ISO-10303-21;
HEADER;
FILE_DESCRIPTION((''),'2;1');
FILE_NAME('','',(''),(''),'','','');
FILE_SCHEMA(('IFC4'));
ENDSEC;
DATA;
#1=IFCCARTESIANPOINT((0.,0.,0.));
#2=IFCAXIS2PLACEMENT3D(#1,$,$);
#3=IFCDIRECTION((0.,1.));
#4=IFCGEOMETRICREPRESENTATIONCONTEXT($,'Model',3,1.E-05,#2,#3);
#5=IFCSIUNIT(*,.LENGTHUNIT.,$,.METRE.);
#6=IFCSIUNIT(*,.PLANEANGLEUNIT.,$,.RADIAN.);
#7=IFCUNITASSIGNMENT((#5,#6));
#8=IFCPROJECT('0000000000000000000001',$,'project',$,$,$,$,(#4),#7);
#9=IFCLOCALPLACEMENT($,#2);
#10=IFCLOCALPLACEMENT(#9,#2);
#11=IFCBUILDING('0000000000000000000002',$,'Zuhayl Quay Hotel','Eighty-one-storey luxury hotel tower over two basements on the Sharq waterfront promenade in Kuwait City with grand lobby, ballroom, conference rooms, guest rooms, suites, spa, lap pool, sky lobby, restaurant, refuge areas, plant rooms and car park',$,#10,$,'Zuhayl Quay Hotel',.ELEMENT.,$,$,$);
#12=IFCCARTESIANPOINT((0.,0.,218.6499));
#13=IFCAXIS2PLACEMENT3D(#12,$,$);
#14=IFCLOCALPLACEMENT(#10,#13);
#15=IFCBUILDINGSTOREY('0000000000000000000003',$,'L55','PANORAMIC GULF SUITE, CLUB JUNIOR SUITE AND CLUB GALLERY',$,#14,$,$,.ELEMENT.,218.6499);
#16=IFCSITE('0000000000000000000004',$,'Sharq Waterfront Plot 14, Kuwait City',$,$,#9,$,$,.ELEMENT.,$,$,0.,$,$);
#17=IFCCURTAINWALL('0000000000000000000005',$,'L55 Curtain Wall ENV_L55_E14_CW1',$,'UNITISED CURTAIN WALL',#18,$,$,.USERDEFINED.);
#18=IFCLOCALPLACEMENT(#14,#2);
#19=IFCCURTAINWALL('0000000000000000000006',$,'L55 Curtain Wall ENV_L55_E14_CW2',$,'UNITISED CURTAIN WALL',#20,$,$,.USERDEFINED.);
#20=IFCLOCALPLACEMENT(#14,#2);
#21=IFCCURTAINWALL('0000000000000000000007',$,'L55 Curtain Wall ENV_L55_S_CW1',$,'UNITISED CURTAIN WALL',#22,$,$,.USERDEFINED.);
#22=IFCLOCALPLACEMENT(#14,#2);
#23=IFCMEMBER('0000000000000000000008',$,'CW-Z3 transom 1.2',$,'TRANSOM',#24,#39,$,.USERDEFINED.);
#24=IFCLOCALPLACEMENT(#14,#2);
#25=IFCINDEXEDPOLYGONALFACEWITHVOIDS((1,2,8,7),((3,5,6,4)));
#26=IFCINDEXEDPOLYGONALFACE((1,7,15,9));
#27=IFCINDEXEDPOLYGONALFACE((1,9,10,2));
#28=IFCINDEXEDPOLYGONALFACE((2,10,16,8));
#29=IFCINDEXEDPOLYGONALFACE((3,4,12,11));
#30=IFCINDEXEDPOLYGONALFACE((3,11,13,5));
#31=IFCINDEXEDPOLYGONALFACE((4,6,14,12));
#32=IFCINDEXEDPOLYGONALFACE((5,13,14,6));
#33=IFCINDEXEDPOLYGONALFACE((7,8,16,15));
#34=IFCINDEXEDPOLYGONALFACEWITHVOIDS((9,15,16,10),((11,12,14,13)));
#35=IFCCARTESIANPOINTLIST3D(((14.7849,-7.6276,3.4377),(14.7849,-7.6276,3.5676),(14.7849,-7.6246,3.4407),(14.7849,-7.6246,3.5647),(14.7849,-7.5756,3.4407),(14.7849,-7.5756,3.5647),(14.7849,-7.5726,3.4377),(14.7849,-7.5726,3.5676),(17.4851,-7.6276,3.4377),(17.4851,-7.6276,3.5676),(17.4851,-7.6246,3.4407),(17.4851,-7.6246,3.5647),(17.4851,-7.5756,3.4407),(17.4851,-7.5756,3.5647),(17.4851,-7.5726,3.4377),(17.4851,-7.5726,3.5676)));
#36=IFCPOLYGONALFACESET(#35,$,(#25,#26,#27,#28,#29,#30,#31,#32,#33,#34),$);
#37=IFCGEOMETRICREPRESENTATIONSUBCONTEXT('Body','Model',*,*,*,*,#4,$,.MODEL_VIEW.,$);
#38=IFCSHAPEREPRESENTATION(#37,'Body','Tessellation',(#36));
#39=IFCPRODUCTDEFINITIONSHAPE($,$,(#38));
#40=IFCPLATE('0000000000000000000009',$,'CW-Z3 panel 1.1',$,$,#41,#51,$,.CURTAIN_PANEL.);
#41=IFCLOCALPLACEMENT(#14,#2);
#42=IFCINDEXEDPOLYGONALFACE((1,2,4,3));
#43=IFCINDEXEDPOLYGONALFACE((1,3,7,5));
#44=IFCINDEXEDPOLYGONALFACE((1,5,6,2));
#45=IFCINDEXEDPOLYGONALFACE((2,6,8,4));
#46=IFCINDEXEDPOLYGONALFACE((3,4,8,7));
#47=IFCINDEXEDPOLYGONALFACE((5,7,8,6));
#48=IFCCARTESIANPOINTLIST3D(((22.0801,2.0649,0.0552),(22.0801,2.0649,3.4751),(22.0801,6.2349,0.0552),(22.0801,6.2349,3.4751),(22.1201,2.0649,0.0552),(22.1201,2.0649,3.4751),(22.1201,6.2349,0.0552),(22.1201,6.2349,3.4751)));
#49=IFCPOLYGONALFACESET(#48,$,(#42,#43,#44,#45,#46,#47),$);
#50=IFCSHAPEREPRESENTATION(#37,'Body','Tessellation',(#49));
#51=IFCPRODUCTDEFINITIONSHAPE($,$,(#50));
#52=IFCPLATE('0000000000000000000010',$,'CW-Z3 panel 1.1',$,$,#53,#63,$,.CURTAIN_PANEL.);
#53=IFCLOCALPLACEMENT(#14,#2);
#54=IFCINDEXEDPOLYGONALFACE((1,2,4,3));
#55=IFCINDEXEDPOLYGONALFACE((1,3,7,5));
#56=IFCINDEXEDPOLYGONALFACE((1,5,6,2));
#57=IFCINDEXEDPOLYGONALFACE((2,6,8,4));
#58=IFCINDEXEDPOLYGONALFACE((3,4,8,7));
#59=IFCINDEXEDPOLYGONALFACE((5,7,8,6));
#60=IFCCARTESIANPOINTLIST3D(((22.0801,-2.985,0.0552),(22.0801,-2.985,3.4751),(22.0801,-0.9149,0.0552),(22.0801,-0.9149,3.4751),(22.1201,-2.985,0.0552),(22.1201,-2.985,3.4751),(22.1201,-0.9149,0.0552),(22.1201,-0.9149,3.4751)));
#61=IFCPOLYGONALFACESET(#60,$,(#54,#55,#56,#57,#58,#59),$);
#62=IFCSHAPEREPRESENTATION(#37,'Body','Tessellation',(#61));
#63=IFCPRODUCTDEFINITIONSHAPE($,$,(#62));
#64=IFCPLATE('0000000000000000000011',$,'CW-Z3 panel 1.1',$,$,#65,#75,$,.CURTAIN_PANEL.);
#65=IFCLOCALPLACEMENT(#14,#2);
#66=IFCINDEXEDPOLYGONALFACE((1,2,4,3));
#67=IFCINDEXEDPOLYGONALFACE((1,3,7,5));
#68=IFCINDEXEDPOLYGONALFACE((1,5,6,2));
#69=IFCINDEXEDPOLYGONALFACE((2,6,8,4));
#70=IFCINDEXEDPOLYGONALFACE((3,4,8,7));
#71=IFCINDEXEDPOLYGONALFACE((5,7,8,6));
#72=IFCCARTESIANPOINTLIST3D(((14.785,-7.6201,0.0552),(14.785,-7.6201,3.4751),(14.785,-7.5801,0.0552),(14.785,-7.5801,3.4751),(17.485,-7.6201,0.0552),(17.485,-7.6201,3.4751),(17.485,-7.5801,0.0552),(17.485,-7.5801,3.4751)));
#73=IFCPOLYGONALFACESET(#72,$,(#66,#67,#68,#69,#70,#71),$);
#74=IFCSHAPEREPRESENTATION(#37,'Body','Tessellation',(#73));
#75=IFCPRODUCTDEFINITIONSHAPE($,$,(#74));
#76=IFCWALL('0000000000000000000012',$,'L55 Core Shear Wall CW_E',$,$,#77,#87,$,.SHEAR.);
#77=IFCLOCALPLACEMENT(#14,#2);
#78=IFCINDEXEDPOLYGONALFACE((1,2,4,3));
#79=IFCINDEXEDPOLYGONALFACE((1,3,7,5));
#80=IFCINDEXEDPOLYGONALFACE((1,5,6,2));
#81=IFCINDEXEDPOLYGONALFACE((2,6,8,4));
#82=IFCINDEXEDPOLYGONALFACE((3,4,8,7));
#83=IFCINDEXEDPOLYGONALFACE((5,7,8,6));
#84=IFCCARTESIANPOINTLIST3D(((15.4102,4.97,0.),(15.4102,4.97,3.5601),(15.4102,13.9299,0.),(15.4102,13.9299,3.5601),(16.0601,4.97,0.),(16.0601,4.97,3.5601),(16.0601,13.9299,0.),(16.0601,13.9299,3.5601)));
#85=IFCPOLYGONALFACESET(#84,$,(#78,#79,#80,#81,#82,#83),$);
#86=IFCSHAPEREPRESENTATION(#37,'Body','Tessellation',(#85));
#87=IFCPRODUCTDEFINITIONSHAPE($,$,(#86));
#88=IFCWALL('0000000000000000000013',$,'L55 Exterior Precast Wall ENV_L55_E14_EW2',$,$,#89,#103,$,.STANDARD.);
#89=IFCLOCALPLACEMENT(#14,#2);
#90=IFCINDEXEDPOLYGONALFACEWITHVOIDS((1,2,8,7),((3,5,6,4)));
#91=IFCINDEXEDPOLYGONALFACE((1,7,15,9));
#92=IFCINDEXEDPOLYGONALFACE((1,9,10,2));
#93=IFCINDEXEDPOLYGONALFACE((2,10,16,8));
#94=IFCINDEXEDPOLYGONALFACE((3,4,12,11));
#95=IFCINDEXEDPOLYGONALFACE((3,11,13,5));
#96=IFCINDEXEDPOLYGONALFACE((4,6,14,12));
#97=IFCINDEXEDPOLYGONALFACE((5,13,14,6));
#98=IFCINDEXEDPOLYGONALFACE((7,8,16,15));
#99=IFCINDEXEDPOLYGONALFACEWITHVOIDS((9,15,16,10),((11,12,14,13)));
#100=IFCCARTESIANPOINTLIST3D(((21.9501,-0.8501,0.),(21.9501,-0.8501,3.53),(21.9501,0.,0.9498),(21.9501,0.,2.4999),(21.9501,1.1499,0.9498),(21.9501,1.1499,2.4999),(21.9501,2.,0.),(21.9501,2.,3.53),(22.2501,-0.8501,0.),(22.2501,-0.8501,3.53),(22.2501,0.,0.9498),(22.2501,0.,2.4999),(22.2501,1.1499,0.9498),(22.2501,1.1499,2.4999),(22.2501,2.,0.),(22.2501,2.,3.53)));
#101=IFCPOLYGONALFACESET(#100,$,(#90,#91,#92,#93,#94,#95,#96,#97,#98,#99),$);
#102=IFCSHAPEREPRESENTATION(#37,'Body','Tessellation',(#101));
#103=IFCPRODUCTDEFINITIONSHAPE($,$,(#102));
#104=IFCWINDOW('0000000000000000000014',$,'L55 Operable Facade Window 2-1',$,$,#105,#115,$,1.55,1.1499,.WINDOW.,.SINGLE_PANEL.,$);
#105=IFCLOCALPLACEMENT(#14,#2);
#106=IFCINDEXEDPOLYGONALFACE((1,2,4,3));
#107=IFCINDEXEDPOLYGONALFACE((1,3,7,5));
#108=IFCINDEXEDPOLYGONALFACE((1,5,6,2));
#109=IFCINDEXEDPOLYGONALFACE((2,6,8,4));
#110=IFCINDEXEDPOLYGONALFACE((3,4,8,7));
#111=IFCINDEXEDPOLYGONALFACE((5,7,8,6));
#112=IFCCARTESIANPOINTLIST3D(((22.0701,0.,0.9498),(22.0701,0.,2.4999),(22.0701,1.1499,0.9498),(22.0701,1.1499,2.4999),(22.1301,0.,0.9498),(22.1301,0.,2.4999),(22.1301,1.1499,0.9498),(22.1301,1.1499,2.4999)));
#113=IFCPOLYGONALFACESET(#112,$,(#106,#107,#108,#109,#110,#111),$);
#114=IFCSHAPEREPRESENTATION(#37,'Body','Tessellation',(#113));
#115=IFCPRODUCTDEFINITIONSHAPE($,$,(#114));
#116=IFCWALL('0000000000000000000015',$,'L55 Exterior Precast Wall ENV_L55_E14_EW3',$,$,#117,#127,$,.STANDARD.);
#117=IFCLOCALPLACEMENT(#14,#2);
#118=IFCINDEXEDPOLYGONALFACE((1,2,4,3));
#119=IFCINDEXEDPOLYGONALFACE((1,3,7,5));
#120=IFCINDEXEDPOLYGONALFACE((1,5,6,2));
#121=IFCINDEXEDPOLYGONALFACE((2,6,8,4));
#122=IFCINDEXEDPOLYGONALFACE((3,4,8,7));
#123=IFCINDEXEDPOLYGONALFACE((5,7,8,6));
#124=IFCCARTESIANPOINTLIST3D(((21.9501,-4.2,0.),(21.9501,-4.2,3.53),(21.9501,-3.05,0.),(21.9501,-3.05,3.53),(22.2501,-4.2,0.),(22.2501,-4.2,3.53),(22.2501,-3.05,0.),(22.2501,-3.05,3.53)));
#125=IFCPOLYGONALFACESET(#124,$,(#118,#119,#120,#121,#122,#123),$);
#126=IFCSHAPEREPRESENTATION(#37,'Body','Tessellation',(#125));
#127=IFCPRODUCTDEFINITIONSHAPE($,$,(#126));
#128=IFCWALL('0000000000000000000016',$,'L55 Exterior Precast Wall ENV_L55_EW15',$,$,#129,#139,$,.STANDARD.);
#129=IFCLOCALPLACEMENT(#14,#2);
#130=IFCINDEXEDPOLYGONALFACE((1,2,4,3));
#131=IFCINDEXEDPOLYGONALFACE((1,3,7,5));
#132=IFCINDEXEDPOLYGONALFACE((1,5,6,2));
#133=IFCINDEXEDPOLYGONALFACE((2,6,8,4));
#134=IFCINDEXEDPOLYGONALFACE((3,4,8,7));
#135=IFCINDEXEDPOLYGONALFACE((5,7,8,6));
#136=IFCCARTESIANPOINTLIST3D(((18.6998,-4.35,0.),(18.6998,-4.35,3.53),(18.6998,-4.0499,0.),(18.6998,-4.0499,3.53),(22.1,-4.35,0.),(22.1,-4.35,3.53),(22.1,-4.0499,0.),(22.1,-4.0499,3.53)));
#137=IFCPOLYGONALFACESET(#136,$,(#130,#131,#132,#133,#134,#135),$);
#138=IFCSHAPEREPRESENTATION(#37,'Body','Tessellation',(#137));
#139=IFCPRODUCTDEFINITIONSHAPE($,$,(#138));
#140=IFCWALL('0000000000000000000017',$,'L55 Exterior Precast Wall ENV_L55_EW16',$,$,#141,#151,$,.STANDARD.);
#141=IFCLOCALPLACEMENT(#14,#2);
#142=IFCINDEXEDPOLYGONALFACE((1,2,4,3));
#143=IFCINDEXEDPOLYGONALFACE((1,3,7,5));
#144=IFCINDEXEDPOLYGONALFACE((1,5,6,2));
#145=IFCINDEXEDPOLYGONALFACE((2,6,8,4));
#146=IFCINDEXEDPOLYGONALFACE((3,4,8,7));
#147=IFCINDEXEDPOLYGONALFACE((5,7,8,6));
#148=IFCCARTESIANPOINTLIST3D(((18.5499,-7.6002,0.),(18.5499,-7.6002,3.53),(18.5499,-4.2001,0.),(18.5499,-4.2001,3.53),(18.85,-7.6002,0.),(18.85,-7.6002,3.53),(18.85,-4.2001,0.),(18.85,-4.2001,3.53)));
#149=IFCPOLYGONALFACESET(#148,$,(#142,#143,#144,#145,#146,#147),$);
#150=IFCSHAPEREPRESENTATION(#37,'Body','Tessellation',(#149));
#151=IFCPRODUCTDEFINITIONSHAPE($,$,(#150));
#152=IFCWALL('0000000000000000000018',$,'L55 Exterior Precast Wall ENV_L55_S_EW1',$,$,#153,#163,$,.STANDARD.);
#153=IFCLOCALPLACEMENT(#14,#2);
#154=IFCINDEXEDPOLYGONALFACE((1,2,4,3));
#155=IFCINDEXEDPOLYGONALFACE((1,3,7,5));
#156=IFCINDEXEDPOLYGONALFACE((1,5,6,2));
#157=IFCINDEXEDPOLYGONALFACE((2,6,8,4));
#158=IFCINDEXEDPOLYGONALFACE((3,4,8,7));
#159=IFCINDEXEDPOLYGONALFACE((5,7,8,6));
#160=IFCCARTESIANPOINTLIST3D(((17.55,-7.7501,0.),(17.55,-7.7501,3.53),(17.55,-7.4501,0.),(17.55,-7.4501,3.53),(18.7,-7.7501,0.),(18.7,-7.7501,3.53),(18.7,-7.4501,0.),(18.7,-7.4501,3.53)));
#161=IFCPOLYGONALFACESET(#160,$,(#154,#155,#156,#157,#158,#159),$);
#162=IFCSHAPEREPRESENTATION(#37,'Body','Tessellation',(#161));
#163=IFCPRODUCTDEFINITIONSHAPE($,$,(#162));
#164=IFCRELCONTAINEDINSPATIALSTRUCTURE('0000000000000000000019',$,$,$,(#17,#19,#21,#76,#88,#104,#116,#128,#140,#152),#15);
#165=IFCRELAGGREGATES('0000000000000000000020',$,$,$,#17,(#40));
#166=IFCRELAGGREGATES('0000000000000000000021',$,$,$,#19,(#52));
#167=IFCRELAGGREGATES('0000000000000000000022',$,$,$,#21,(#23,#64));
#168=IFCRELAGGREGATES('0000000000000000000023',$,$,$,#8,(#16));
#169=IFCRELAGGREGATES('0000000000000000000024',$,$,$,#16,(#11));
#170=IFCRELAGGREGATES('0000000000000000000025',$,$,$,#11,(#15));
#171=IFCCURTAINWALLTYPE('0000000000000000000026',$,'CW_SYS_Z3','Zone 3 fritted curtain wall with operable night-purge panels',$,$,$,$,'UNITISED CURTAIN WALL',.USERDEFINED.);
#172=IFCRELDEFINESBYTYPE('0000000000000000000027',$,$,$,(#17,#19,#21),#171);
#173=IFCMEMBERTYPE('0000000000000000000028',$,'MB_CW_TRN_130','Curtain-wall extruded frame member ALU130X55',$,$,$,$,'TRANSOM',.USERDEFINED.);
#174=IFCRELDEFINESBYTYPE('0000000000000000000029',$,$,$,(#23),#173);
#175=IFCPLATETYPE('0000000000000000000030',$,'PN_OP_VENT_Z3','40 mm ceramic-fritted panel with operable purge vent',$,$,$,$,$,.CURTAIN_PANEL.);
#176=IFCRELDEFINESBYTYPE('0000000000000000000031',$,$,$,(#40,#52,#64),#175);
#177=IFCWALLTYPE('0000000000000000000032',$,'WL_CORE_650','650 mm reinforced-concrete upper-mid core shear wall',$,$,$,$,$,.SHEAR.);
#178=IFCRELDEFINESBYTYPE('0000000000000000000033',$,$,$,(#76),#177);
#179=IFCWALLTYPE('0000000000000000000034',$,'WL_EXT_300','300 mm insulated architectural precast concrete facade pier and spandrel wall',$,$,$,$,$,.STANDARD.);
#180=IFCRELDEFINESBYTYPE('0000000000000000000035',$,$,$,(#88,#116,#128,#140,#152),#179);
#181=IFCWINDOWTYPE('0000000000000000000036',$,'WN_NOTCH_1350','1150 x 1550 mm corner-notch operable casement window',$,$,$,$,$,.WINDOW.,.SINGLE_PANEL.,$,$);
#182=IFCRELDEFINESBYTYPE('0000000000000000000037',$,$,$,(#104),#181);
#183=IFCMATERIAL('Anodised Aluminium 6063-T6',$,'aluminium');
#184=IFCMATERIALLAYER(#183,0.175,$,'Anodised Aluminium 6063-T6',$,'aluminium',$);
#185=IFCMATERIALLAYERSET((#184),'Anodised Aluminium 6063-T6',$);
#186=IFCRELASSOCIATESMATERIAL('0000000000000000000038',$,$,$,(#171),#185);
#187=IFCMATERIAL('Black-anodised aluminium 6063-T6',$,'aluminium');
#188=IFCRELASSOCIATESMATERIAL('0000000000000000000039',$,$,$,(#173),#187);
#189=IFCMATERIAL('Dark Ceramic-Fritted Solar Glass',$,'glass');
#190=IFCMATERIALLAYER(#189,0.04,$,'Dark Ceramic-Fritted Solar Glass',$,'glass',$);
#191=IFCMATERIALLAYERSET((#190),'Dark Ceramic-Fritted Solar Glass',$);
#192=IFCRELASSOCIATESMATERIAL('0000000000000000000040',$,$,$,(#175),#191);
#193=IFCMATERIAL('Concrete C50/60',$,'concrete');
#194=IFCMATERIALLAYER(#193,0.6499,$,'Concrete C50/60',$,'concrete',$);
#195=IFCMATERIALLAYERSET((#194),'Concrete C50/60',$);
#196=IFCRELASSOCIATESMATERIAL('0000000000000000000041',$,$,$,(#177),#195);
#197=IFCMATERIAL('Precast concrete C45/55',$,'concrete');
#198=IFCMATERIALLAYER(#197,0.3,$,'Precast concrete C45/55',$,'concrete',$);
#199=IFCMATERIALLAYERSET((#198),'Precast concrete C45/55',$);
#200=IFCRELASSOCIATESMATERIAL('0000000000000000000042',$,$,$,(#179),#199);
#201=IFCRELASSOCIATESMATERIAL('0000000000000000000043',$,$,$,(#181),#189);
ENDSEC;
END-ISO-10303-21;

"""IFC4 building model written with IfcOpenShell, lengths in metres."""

from ifc_helpers import new_model, si_unit, direction, frame, frame_2d, origin, origin_2d, place, context, subcontext, project, spatial, rectangle, hollow_rectangle, extrude, material, layer, layer_set, material_profile, profile_set, type_object, element, fill, aggregate, save


model = new_model("IFC4")

# Units and contexts
model_context = context("Model", 3, precision=1e-05, world=origin(), true_north=direction((0.0, 1.0)))
body_context = subcontext(model_context, "Body", "Model", "MODEL_VIEW")
ifc_project = project(units=[si_unit("LENGTHUNIT", "METRE"), si_unit("PLANEANGLEUNIT", "RADIAN")], contexts=[model_context])

# Site, building, storey
site_placement = place(None, origin())
site = spatial("IfcSite", under=ifc_project, at=site_placement, Name="Sharq Waterfront Plot 14, Kuwait City", CompositionType="ELEMENT", RefElevation=0.0)
building_placement = place(site_placement, origin())
building = spatial("IfcBuilding", under=site, at=building_placement, Name="Zuhayl Quay Hotel", Description="Eighty-one-storey luxury hotel tower over two basements on the Sharq waterfront promenade in Kuwait City with grand lobby, ballroom, conference rooms, guest rooms, suites, spa, lap pool, sky lobby, restaurant, refuge areas, plant rooms and car park", LongName="Zuhayl Quay Hotel", CompositionType="ELEMENT")
storey_placement = place(building_placement, frame((0.0, 0.0, 218.6499)))
storey = spatial("IfcBuildingStorey", under=building, at=storey_placement, Name="L55", Description="PANORAMIC GULF SUITE, CLUB JUNIOR SUITE AND CLUB GALLERY", CompositionType="ELEMENT", Elevation=218.6499)

# Curtain walls
ifc_material_1 = material(Name="Anodised Aluminium 6063-T6", Category="aluminium")
ifc_layer_1 = layer(ifc_material_1, 0.175, Name="Anodised Aluminium 6063-T6", Category="aluminium")
ifc_layer_set_1 = layer_set([ifc_layer_1], Name="Anodised Aluminium 6063-T6")
curtain_wall_type = type_object("IfcCurtainWallType", Name="CW_SYS_Z3", Description="Zone 3 fritted curtain wall with operable night-purge panels", ElementType="UNITISED CURTAIN WALL", PredefinedType="USERDEFINED", material=ifc_layer_set_1)
curtain_wall_1_placement = place(storey_placement, origin())
curtain_wall_1 = element("IfcCurtainWall", 1, at=curtain_wall_1_placement, inside=storey, type_object=curtain_wall_type, Name="L55 Curtain Wall ENV_L55_E14_CW1", ObjectType="UNITISED CURTAIN WALL", PredefinedType="USERDEFINED")
ifc_material_2 = material(Name="Black-anodised aluminium 6063-T6", Category="aluminium")
curtain_wall_2_placement = place(storey_placement, origin())
curtain_wall_2 = element("IfcCurtainWall", 2, at=curtain_wall_2_placement, inside=storey, type_object=curtain_wall_type, Name="L55 Curtain Wall ENV_L55_E14_CW2", ObjectType="UNITISED CURTAIN WALL", PredefinedType="USERDEFINED")
curtain_wall_3_placement = place(storey_placement, origin())
curtain_wall_3 = element("IfcCurtainWall", 3, at=curtain_wall_3_placement, inside=storey, type_object=curtain_wall_type, Name="L55 Curtain Wall ENV_L55_S_CW1", ObjectType="UNITISED CURTAIN WALL", PredefinedType="USERDEFINED")

# Member
ifc_material_profile_1 = material_profile(ifc_material_2, hollow_rectangle(XDim=0.0549, YDim=0.1299, WallThickness=0.0029, at=origin_2d()), Name="ALU130X55")
ifc_profile_set_1 = profile_set([ifc_material_profile_1], Name="Black-anodised aluminium 6063-T6")
member_type_1 = type_object("IfcMemberType", Name="MB_CW_TRN_130", Description="Curtain-wall extruded frame member ALU130X55", ElementType="TRANSOM", PredefinedType="USERDEFINED", material=ifc_profile_set_1)
member_1_placement = place(storey_placement, frame((17.4851, -7.6001, 3.5027), z_axis=(-1.0, 0.0, 0.0), x_axis=(0.0, -1.0, 0.0)))
member_1 = element("IfcMember", 4, at=member_1_placement, type_object=member_type_1, Name="CW-Z3 transom 1.2", ObjectType="TRANSOM", PredefinedType="USERDEFINED", context=body_context, shape_type="SweptSolid", body=[
    extrude(hollow_rectangle(XDim=0.0549, YDim=0.1299, WallThickness=0.0029, at=origin_2d()), origin(), (0.0, 0.0, 1.0), 2.7002),
])

# Plates
ifc_material_3 = material(Name="Dark Ceramic-Fritted Solar Glass", Category="glass")
ifc_layer_2 = layer(ifc_material_3, 0.04, Name="Dark Ceramic-Fritted Solar Glass", Category="glass")
ifc_layer_set_2 = layer_set([ifc_layer_2], Name="Dark Ceramic-Fritted Solar Glass")
plate_type = type_object("IfcPlateType", Name="PN_OP_VENT_Z3", Description="40 mm ceramic-fritted panel with operable purge vent", PredefinedType="CURTAIN_PANEL", material=ifc_layer_set_2)
plate_1_placement = place(storey_placement, frame((22.1001, 4.1499, 0.0552), z_axis=(0.0, 0.0, 1.0), x_axis=(0.0, -1.0, 0.0)))
plate_1 = element("IfcPlate", 5, at=plate_1_placement, type_object=plate_type, Name="CW-Z3 panel 1.1", PredefinedType="CURTAIN_PANEL", context=body_context, shape_type="SweptSolid", body=[
    extrude(rectangle(XDim=4.1699, YDim=0.04, at=origin_2d()), origin(), (0.0, 0.0, 1.0), 3.4199),
])
aggregate(curtain_wall_1, [plate_1])
plate_2_placement = place(storey_placement, frame((22.1001, -1.95, 0.0552), z_axis=(0.0, 0.0, 1.0), x_axis=(0.0, -1.0, 0.0)))
plate_2 = element("IfcPlate", 6, at=plate_2_placement, type_object=plate_type, Name="CW-Z3 panel 1.1", PredefinedType="CURTAIN_PANEL", context=body_context, shape_type="SweptSolid", body=[
    extrude(rectangle(XDim=2.0701, YDim=0.04, at=origin_2d()), origin(), (0.0, 0.0, 1.0), 3.4199),
])
aggregate(curtain_wall_2, [plate_2])
plate_3_placement = place(storey_placement, frame((16.135, -7.6001, 0.0552), z_axis=(0.0, 0.0, 1.0), x_axis=(-1.0, 0.0, 0.0)))
plate_3 = element("IfcPlate", 7, at=plate_3_placement, type_object=plate_type, Name="CW-Z3 panel 1.1", PredefinedType="CURTAIN_PANEL", context=body_context, shape_type="SweptSolid", body=[
    extrude(rectangle(XDim=2.7, YDim=0.04, at=origin_2d()), origin(), (0.0, 0.0, 1.0), 3.4199),
])
aggregate(curtain_wall_3, [member_1, plate_3])

# Wall
ifc_material_4 = material(Name="Concrete C50/60", Category="concrete")
ifc_layer_3 = layer(ifc_material_4, 0.6499, Name="Concrete C50/60", Category="concrete")
ifc_layer_set_3 = layer_set([ifc_layer_3], Name="Concrete C50/60")
wall_type_1 = type_object("IfcWallType", Name="WL_CORE_650", Description="650 mm reinforced-concrete upper-mid core shear wall", PredefinedType="SHEAR", material=ifc_layer_set_3)
wall_1_placement = place(storey_placement, frame((15.7351, 4.97, 0.0), z_axis=(0.0, 0.0, 1.0), x_axis=(0.0, 1.0, 0.0)))
element("IfcWall", 8, at=wall_1_placement, inside=storey, type_object=wall_type_1, Name="L55 Core Shear Wall CW_E", PredefinedType="SHEAR", context=body_context, shape_type="SweptSolid", body=[
    extrude(rectangle(XDim=8.96, YDim=0.6499, at=frame_2d((4.48, 0.0))), origin(), (0.0, 0.0, 1.0), 3.5601),
])

# Wall, opening, window
ifc_material_5 = material(Name="Precast concrete C45/55", Category="concrete")
ifc_layer_4 = layer(ifc_material_5, 0.3, Name="Precast concrete C45/55", Category="concrete")
ifc_layer_set_4 = layer_set([ifc_layer_4], Name="Precast concrete C45/55")
wall_type_2 = type_object("IfcWallType", Name="WL_EXT_300", Description="300 mm insulated architectural precast concrete facade pier and spandrel wall", PredefinedType="STANDARD", material=ifc_layer_set_4)
wall_2_placement = place(storey_placement, frame((22.1001, 2.0, 0.0), z_axis=(0.0, 0.0, 1.0), x_axis=(0.0, -1.0, 0.0)))
wall_2 = element("IfcWall", 9, at=wall_2_placement, inside=storey, type_object=wall_type_2, Name="L55 Exterior Precast Wall ENV_L55_E14_EW2", PredefinedType="STANDARD", context=body_context, shape_type="SweptSolid", body=[
    extrude(rectangle(XDim=2.8501, YDim=0.3, at=frame_2d((1.425, 0.0))), origin(), (0.0, 0.0, 1.0), 3.53),
])
opening_1_placement = place(wall_2_placement, frame((0.8501, 0.0, 0.95)))
opening_1 = element("IfcOpeningElement", 10, at=opening_1_placement, cuts=wall_2, PredefinedType="OPENING", context=body_context, shape_type="SweptSolid", body=[
    extrude(rectangle(XDim=1.1499, YDim=1.55, at=frame_2d((0.575, 0.7749))), frame((0.0, 0.1599, 0.0), z_axis=(0.0, -1.0, 0.0), x_axis=(1.0, 0.0, 0.0)), (0.0, 0.0, 1.0), 0.3201),
])
window_type = type_object("IfcWindowType", Name="WN_NOTCH_1350", Description="1150 x 1550 mm corner-notch operable casement window", PartitioningType="SINGLE_PANEL", PredefinedType="WINDOW", material=ifc_material_3)
window_1_placement = place(opening_1_placement, origin())
window_1 = element("IfcWindow", 11, at=window_1_placement, inside=storey, type_object=window_type, Name="L55 Operable Facade Window 2-1", OverallHeight=1.55, OverallWidth=1.1499, PartitioningType="SINGLE_PANEL", PredefinedType="WINDOW", context=body_context, shape_type="SweptSolid", body=[
    extrude(rectangle(XDim=1.1499, YDim=1.55, at=frame_2d((0.575, 0.7749))), frame((0.0, 0.03, 0.0), z_axis=(0.0, -1.0, 0.0), x_axis=(1.0, 0.0, 0.0)), (0.0, 0.0, 1.0), 0.0601),
])
fill(opening_1, window_1)

# Walls
wall_3_placement = place(storey_placement, frame((22.1001, -3.05, 0.0), z_axis=(0.0, 0.0, 1.0), x_axis=(0.0, -1.0, 0.0)))
element("IfcWall", 12, at=wall_3_placement, inside=storey, type_object=wall_type_2, Name="L55 Exterior Precast Wall ENV_L55_E14_EW3", PredefinedType="STANDARD", context=body_context, shape_type="SweptSolid", body=[
    extrude(rectangle(XDim=1.1499, YDim=0.3, at=frame_2d((0.575, 0.0))), origin(), (0.0, 0.0, 1.0), 3.53),
])
for number, where, z_axis, x_axis, name in (
    (13, (22.1001, -4.2, 0.0), (0.0, 0.0, 1.0), (-1.0, 0.0, 0.0), "L55 Exterior Precast Wall ENV_L55_EW15"),
    (14, (18.7, -4.2, 0.0), (0.0, 0.0, 1.0), (0.0, -1.0, 0.0), "L55 Exterior Precast Wall ENV_L55_EW16"),
):
    element("IfcWall", number, at=place(storey_placement, frame(where, z_axis=z_axis, x_axis=x_axis)), inside=storey, type_object=wall_type_2, Name=name, PredefinedType="STANDARD", context=body_context, shape_type="SweptSolid", body=[
        extrude(rectangle(XDim=3.4001, YDim=0.3, at=frame_2d((1.7002, 0.0))), origin(), (0.0, 0.0, 1.0), 3.53),
    ])
wall_4_placement = place(storey_placement, frame((18.7, -7.6001, 0.0), z_axis=(0.0, 0.0, 1.0), x_axis=(-1.0, 0.0, 0.0)))
element("IfcWall", 15, at=wall_4_placement, inside=storey, type_object=wall_type_2, Name="L55 Exterior Precast Wall ENV_L55_S_EW1", PredefinedType="STANDARD", context=body_context, shape_type="SweptSolid", body=[
    extrude(rectangle(XDim=1.1499, YDim=0.3, at=frame_2d((0.575, 0.0))), origin(), (0.0, 0.0, 1.0), 3.53),
])

save(model, "model.ifc")
